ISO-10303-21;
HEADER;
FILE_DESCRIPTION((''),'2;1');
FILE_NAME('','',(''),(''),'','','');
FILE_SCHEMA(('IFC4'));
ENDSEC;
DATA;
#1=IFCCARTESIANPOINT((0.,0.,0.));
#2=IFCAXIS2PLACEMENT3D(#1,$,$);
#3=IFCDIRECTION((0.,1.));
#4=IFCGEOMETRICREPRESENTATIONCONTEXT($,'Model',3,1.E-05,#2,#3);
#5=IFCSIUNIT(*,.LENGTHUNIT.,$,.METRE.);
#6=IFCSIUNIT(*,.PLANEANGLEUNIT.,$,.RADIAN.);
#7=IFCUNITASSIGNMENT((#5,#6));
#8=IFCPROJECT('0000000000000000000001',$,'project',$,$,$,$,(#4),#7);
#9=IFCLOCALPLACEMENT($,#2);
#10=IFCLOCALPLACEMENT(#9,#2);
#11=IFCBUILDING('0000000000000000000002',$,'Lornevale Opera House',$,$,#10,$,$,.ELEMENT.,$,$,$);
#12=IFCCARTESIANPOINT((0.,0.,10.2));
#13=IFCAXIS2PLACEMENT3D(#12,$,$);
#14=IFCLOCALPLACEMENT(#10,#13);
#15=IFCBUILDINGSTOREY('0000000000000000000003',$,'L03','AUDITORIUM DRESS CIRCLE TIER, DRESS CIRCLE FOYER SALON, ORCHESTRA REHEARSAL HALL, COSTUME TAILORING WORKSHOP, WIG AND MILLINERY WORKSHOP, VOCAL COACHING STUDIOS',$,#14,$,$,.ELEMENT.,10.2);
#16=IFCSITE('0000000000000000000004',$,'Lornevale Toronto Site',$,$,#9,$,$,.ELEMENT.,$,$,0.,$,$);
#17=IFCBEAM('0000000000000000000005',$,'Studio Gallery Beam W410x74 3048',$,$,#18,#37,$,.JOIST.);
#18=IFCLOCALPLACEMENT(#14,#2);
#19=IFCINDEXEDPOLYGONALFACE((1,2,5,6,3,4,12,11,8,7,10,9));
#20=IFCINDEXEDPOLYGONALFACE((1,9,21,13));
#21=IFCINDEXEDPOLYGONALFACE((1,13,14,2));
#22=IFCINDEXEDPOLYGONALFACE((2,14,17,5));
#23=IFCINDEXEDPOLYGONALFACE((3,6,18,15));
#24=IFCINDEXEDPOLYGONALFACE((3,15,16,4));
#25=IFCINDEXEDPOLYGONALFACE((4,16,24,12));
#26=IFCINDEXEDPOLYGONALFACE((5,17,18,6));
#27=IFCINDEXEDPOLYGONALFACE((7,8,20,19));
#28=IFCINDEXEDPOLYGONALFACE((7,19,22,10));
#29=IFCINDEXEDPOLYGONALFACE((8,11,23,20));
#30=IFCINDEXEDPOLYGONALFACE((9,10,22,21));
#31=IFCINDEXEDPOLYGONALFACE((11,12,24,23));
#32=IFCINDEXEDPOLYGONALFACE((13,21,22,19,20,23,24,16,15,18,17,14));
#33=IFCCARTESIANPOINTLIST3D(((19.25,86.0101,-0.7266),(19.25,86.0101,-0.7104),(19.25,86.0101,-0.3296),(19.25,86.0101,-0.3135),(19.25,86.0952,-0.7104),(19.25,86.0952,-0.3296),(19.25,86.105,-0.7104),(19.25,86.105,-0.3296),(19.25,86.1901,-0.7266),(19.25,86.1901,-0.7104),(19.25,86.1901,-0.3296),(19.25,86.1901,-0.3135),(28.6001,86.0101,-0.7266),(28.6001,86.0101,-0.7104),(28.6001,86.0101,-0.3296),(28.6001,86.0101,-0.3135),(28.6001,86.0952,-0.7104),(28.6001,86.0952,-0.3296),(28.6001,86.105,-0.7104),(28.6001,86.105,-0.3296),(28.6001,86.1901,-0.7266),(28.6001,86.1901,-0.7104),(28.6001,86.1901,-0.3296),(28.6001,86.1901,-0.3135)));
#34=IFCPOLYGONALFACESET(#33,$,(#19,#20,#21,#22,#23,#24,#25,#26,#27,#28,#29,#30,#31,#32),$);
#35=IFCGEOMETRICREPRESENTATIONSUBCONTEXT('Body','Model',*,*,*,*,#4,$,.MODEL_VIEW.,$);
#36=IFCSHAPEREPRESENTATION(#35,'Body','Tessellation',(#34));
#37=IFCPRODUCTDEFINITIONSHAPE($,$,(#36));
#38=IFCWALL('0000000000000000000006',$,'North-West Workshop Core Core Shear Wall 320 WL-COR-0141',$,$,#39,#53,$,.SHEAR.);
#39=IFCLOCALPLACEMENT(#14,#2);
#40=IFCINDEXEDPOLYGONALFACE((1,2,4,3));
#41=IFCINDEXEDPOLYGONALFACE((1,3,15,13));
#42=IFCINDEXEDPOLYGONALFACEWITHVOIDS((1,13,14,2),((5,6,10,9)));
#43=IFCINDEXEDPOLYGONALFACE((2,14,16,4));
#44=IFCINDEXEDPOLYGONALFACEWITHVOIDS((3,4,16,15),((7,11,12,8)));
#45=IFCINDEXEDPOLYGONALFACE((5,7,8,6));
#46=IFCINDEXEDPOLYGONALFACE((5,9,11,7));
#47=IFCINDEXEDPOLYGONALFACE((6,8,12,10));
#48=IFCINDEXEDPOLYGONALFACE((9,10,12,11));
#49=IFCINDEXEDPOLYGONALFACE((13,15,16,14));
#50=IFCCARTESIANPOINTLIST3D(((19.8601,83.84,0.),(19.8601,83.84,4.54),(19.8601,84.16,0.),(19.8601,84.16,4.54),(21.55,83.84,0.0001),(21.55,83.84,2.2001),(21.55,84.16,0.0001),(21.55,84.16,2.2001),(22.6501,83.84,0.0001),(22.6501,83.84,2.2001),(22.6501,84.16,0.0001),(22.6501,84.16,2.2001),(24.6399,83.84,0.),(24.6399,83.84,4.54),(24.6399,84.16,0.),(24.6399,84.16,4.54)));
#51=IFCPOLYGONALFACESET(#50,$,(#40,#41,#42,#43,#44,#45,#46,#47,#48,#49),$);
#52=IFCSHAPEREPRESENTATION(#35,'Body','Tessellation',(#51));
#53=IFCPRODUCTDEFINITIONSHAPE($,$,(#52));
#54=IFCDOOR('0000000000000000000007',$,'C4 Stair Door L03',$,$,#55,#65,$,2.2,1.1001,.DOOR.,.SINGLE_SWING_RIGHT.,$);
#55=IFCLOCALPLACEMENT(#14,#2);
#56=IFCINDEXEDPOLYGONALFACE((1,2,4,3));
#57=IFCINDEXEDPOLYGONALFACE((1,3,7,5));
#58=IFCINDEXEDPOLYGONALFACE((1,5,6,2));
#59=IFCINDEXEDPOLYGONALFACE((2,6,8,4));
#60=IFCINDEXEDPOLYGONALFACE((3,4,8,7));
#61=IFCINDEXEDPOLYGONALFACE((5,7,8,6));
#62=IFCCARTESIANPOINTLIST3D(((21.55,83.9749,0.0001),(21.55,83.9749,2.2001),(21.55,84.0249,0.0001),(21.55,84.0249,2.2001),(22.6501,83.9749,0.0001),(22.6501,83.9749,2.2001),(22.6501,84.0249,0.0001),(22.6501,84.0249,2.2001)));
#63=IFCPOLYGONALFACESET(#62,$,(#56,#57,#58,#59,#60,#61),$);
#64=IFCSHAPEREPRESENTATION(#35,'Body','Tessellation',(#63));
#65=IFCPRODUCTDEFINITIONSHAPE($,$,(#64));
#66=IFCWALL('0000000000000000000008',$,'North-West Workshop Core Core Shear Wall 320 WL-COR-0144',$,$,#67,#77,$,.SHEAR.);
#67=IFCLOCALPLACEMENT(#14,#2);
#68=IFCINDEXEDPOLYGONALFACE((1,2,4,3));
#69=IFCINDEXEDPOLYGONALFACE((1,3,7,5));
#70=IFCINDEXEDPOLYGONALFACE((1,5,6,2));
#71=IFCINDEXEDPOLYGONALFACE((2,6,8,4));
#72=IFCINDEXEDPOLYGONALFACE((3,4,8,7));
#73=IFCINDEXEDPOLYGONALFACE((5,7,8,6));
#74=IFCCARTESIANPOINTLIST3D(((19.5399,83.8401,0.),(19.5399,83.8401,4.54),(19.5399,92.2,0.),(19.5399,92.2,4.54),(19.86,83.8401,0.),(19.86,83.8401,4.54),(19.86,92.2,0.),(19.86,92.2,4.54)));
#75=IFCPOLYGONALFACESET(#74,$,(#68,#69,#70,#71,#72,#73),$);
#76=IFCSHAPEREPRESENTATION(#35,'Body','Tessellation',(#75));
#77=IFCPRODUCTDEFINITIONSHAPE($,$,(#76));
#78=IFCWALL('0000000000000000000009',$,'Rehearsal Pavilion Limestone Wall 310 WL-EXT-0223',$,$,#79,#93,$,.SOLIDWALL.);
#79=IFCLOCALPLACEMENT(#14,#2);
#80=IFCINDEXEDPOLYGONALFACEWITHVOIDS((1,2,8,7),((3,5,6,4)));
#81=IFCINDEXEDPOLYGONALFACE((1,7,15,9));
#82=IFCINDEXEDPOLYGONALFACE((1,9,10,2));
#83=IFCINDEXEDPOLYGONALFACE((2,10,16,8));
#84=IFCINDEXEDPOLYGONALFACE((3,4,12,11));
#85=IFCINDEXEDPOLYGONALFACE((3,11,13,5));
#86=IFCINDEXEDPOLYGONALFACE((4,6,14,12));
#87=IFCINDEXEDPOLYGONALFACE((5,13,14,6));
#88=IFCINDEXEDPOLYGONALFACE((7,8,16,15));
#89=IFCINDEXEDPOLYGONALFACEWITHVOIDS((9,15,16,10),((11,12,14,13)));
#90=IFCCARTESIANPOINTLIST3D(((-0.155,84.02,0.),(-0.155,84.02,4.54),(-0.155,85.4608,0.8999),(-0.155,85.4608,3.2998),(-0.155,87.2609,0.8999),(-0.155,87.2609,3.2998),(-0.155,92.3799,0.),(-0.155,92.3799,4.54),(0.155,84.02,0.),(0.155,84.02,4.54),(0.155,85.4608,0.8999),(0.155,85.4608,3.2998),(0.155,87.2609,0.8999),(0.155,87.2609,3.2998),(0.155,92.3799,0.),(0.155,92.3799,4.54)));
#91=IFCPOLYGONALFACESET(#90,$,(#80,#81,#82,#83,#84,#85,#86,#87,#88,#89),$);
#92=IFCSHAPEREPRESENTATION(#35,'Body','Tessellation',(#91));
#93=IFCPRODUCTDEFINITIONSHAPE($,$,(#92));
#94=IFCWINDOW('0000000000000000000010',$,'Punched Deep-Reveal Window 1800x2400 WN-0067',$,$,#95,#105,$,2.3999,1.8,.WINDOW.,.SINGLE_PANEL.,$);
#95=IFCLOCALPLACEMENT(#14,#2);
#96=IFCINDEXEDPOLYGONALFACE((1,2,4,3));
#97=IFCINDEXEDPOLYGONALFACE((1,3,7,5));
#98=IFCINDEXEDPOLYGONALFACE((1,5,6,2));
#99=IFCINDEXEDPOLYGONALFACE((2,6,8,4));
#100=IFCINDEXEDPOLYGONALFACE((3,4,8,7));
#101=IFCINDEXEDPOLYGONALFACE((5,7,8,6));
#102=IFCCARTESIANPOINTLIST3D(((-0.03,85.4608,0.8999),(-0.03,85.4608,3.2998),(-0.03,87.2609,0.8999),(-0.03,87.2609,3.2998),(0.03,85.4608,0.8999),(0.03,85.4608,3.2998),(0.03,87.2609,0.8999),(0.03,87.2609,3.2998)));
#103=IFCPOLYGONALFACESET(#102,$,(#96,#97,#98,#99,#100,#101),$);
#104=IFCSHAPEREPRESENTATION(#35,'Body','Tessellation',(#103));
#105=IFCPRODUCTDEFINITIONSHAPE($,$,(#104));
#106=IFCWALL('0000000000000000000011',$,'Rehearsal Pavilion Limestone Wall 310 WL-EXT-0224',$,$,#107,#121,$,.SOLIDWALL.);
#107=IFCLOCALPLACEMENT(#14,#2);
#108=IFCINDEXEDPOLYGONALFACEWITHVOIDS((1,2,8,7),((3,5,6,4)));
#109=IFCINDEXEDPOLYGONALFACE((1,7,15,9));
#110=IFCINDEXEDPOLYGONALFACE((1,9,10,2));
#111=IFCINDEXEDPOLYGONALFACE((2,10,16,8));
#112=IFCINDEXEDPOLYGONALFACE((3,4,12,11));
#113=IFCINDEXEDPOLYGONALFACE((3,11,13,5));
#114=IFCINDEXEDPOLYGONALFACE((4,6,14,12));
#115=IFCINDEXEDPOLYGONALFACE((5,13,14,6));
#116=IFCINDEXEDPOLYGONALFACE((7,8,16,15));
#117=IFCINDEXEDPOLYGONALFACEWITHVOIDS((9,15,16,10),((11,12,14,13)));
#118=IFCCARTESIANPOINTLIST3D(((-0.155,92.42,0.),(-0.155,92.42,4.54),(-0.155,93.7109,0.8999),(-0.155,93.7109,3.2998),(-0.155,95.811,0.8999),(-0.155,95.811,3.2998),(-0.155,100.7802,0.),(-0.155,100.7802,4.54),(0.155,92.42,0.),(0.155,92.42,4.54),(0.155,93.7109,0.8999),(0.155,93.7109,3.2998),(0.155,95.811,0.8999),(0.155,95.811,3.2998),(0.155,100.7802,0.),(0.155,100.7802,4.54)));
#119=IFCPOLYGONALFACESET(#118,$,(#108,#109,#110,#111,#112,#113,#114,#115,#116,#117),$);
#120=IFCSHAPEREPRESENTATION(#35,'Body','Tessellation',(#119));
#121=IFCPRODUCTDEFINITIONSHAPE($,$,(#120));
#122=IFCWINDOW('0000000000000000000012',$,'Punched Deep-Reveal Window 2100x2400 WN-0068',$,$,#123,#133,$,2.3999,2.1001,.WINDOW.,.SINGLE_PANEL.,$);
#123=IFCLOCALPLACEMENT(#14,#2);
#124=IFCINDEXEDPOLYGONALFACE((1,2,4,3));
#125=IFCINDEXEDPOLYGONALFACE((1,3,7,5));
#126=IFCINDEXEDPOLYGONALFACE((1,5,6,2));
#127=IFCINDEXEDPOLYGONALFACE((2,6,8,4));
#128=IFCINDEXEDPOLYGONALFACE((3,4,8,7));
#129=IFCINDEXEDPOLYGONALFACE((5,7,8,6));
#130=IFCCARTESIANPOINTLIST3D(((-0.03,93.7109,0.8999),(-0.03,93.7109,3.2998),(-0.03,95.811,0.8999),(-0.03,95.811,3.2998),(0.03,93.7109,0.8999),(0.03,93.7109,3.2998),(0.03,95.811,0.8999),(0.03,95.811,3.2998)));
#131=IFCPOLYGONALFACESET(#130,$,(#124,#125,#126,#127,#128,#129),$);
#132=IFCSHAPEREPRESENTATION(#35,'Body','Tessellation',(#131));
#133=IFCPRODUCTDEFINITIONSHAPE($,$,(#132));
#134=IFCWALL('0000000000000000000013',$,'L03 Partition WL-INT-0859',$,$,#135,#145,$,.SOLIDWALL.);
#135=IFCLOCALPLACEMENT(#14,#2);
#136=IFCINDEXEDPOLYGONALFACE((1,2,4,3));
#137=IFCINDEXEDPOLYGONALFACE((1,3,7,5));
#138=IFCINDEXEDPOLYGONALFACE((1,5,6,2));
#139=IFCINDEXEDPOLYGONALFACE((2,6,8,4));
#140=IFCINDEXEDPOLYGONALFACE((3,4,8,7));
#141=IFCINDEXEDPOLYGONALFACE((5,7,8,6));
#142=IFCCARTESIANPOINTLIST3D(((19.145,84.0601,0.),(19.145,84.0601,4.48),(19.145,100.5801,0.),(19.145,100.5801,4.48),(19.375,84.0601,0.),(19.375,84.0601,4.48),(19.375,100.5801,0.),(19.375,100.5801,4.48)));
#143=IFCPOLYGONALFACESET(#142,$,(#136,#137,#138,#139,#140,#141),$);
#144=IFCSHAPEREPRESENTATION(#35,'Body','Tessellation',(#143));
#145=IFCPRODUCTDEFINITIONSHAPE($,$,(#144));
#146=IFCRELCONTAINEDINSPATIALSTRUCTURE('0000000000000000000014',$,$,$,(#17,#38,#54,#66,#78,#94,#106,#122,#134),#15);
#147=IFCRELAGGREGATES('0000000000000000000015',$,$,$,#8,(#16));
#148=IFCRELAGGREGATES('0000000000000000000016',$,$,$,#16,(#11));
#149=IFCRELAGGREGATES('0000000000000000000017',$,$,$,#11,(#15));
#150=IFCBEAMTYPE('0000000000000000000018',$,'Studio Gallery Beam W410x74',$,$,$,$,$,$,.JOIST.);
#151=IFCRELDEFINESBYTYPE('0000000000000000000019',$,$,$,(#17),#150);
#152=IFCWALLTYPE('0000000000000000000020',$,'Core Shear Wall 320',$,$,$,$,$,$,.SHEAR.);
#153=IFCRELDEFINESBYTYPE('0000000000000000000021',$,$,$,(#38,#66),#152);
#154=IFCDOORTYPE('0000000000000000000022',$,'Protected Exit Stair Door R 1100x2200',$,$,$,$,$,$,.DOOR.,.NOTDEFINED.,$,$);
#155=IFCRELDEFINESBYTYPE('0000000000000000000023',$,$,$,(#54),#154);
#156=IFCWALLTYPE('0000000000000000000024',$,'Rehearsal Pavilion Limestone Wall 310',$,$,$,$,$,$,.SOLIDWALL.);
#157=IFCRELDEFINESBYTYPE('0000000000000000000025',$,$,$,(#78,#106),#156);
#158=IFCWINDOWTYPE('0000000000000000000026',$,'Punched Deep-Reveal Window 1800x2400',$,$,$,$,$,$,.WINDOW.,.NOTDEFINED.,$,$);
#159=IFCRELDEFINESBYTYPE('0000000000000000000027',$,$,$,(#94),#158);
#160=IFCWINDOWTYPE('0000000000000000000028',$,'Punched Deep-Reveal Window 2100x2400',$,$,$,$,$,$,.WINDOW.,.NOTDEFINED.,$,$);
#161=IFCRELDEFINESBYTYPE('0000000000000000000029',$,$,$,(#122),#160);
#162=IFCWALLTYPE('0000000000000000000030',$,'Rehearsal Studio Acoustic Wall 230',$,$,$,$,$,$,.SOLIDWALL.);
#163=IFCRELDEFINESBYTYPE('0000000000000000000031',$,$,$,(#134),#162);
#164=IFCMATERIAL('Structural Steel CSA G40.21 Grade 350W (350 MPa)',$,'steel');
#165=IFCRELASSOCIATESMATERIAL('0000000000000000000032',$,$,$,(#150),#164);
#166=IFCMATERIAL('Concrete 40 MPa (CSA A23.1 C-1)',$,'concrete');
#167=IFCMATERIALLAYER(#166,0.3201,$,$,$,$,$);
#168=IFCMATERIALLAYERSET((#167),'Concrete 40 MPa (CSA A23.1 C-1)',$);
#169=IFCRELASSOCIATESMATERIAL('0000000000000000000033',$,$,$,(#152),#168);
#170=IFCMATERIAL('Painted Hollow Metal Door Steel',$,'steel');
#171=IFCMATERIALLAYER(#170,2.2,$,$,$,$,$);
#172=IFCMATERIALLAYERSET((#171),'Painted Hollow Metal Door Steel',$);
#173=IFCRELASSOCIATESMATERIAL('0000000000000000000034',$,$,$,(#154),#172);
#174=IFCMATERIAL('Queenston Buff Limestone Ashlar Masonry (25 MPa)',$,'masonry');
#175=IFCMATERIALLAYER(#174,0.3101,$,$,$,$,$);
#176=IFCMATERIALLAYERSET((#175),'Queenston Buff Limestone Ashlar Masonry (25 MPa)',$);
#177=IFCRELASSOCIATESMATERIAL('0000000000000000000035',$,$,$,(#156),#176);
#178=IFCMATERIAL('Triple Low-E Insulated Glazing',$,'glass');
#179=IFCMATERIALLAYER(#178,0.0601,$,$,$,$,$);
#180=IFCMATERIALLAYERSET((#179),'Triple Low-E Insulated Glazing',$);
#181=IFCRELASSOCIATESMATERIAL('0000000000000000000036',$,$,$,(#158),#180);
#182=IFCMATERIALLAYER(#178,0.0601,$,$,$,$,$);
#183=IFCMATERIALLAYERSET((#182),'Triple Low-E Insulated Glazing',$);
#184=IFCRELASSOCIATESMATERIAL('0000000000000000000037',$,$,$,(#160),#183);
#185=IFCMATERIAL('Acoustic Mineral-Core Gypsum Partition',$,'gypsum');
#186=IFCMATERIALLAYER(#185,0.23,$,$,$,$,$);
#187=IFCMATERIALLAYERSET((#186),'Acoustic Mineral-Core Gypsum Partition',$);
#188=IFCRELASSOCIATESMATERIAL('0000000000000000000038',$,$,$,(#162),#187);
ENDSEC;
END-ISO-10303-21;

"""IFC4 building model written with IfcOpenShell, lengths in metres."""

from ifc_helpers import new_model, si_unit, direction, frame, frame_2d, origin, origin_2d, place, context, subcontext, project, spatial, rectangle, i_section, extrude, material, layer, layer_set, material_profile, profile_set, type_object, element, fill, save


model = new_model("IFC4")

# Units and contexts
model_context = context("Model", 3, precision=1e-05, world=origin(), true_north=direction((0.0, 1.0)))
body_context = subcontext(model_context, "Body", "Model", "MODEL_VIEW")
ifc_project = project(units=[si_unit("LENGTHUNIT", "METRE"), si_unit("PLANEANGLEUNIT", "RADIAN")], contexts=[model_context])

# Site, building, storey
site_placement = place(None, origin())
site = spatial("IfcSite", under=ifc_project, at=site_placement, Name="Lornevale Toronto Site", CompositionType="ELEMENT", RefElevation=0.0)
building_placement = place(site_placement, origin())
building = spatial("IfcBuilding", under=site, at=building_placement, Name="Lornevale Opera House", CompositionType="ELEMENT")
storey_placement = place(building_placement, frame((0.0, 0.0, 10.2)))
storey = spatial("IfcBuildingStorey", under=building, at=storey_placement, Name="L03", Description="AUDITORIUM DRESS CIRCLE TIER, DRESS CIRCLE FOYER SALON, ORCHESTRA REHEARSAL HALL, COSTUME TAILORING WORKSHOP, WIG AND MILLINERY WORKSHOP, VOCAL COACHING STUDIOS", CompositionType="ELEMENT", Elevation=10.2)

# Shared definitions
ifc_material_1 = material(Name="Structural Steel CSA G40.21 Grade 350W (350 MPa)", Category="steel")

# Beam
ifc_material_profile_1 = material_profile(ifc_material_1, i_section(OverallWidth=0.1799, OverallDepth=0.4131, WebThickness=0.0098, FlangeThickness=0.0161, at=origin_2d()), Name="W410x74")
ifc_profile_set_1 = profile_set([ifc_material_profile_1], Name="Structural Steel CSA G40.21 Grade 350W (350 MPa)")
beam_type_1 = type_object("IfcBeamType", Name="Studio Gallery Beam W410x74", PredefinedType="JOIST", material=ifc_profile_set_1)
beam_1_placement = place(storey_placement, frame((19.25, 86.1001, -0.52), z_axis=(1.0, 0.0, 0.0), x_axis=(0.0, 1.0, 0.0)))
element("IfcBeam", 1, at=beam_1_placement, inside=storey, type_object=beam_type_1, Name="Studio Gallery Beam W410x74 3048", PredefinedType="JOIST", context=body_context, shape_type="SweptSolid", body=[
    extrude(i_section(OverallWidth=0.1799, OverallDepth=0.4131, WebThickness=0.0098, FlangeThickness=0.0161, at=origin_2d()), origin(), (0.0, 0.0, 1.0), 9.3501),
])

# Wall, opening, door
ifc_material_2 = material(Name="Concrete 40 MPa (CSA A23.1 C-1)", Category="concrete")
ifc_layer_1 = layer(ifc_material_2, 0.3201)
ifc_layer_set_1 = layer_set([ifc_layer_1], Name="Concrete 40 MPa (CSA A23.1 C-1)")
wall_type_1 = type_object("IfcWallType", Name="Core Shear Wall 320", PredefinedType="SHEAR", material=ifc_layer_set_1)
wall_1_placement = place(storey_placement, frame((19.8601, 84.0, 0.0), z_axis=(0.0, 0.0, 1.0), x_axis=(1.0, 0.0, 0.0)))
wall_1 = element("IfcWall", 2, at=wall_1_placement, inside=storey, type_object=wall_type_1, Name="North-West Workshop Core Core Shear Wall 320 WL-COR-0141", PredefinedType="SHEAR", context=body_context, shape_type="SweptSolid", body=[
    extrude(rectangle(XDim=4.7798, YDim=0.3201, at=frame_2d((2.3899, 0.0))), origin(), (0.0, 0.0, 1.0), 4.54),
])
opening_1_placement = place(wall_1_placement, frame((1.6899, 0.0, 0.0)))
opening_1 = element("IfcOpeningElement", 3, at=opening_1_placement, cuts=wall_1, PredefinedType="OPENING", context=body_context, shape_type="SweptSolid", body=[
    extrude(rectangle(XDim=1.1001, YDim=2.2, at=frame_2d((0.55, 1.1001))), frame((0.0, 0.1699, 0.0), z_axis=(0.0, -1.0, 0.0), x_axis=(1.0, 0.0, 0.0)), (0.0, 0.0, 1.0), 0.3401),
])
ifc_material_3 = material(Name="Painted Hollow Metal Door Steel", Category="steel")
ifc_layer_2 = layer(ifc_material_3, 2.2)
ifc_layer_set_2 = layer_set([ifc_layer_2], Name="Painted Hollow Metal Door Steel")
door_type = type_object("IfcDoorType", Name="Protected Exit Stair Door R 1100x2200", OperationType="NOTDEFINED", PredefinedType="DOOR", material=ifc_layer_set_2)
door_placement = place(opening_1_placement, origin())
door = element("IfcDoor", 4, at=door_placement, inside=storey, type_object=door_type, Name="C4 Stair Door L03", OperationType="SINGLE_SWING_RIGHT", OverallHeight=2.2, OverallWidth=1.1001, PredefinedType="DOOR", context=body_context, shape_type="SweptSolid", body=[
    extrude(rectangle(XDim=1.1001, YDim=2.2, at=frame_2d((0.55, 1.1001))), frame((0.0, 0.0249, 0.0), z_axis=(0.0, -1.0, 0.0), x_axis=(1.0, 0.0, 0.0)), (0.0, 0.0, 1.0), 0.05),
])
fill(opening_1, door)

# Wall
wall_2_placement = place(storey_placement, frame((19.7, 92.2, 0.0), z_axis=(0.0, 0.0, 1.0), x_axis=(0.0, -1.0, 0.0)))
element("IfcWall", 5, at=wall_2_placement, inside=storey, type_object=wall_type_1, Name="North-West Workshop Core Core Shear Wall 320 WL-COR-0144", PredefinedType="SHEAR", context=body_context, shape_type="SweptSolid", body=[
    extrude(rectangle(XDim=8.3599, YDim=0.3201, at=frame_2d((4.1799, 0.0))), origin(), (0.0, 0.0, 1.0), 4.54),
])

# Walls, openings, windows
ifc_material_4 = material(Name="Queenston Buff Limestone Ashlar Masonry (25 MPa)", Category="masonry")
ifc_layer_3 = layer(ifc_material_4, 0.3101)
ifc_layer_set_3 = layer_set([ifc_layer_3], Name="Queenston Buff Limestone Ashlar Masonry (25 MPa)")
wall_type_2 = type_object("IfcWallType", Name="Rehearsal Pavilion Limestone Wall 310", PredefinedType="SOLIDWALL", material=ifc_layer_set_3)
wall_3_placement = place(storey_placement, frame((0.0, 84.02, 0.0), z_axis=(0.0, 0.0, 1.0), x_axis=(0.0, 1.0, 0.0)))
wall_3 = element("IfcWall", 6, at=wall_3_placement, inside=storey, type_object=wall_type_2, Name="Rehearsal Pavilion Limestone Wall 310 WL-EXT-0223", PredefinedType="SOLIDWALL", context=body_context, shape_type="SweptSolid", body=[
    extrude(rectangle(XDim=8.3599, YDim=0.3101, at=frame_2d((4.1799, 0.0))), origin(), (0.0, 0.0, 1.0), 4.54),
])
opening_2_placement = place(wall_3_placement, frame((1.4409, 0.0, 0.8999)))
opening_2 = element("IfcOpeningElement", 7, at=opening_2_placement, cuts=wall_3, PredefinedType="OPENING", context=body_context, shape_type="SweptSolid", body=[
    extrude(rectangle(XDim=1.8, YDim=2.3999, at=frame_2d((0.8999, 1.2))), frame((0.0, 0.165, 0.0), z_axis=(0.0, -1.0, 0.0), x_axis=(1.0, 0.0, 0.0)), (0.0, 0.0, 1.0), 0.3301),
])
ifc_material_5 = material(Name="Triple Low-E Insulated Glazing", Category="glass")
ifc_layer_4 = layer(ifc_material_5, 0.0601)
ifc_layer_set_4 = layer_set([ifc_layer_4], Name="Triple Low-E Insulated Glazing")
window_type_1 = type_object("IfcWindowType", Name="Punched Deep-Reveal Window 1800x2400", PartitioningType="NOTDEFINED", PredefinedType="WINDOW", material=ifc_layer_set_4)
window_1_placement = place(opening_2_placement, origin())
window_1 = element("IfcWindow", 8, at=window_1_placement, inside=storey, type_object=window_type_1, Name="Punched Deep-Reveal Window 1800x2400 WN-0067", OverallHeight=2.3999, OverallWidth=1.8, PartitioningType="SINGLE_PANEL", PredefinedType="WINDOW", context=body_context, shape_type="SweptSolid", body=[
    extrude(rectangle(XDim=1.8, YDim=2.3999, at=frame_2d((0.8999, 1.2))), frame((0.0, 0.03, 0.0), z_axis=(0.0, -1.0, 0.0), x_axis=(1.0, 0.0, 0.0)), (0.0, 0.0, 1.0), 0.0601),
])
fill(opening_2, window_1)
wall_4_placement = place(storey_placement, frame((0.0, 92.4199, 0.0), z_axis=(0.0, 0.0, 1.0), x_axis=(0.0, 1.0, 0.0)))
wall_4 = element("IfcWall", 9, at=wall_4_placement, inside=storey, type_object=wall_type_2, Name="Rehearsal Pavilion Limestone Wall 310 WL-EXT-0224", PredefinedType="SOLIDWALL", context=body_context, shape_type="SweptSolid", body=[
    extrude(rectangle(XDim=8.3601, YDim=0.3101, at=frame_2d((4.1802, 0.0))), origin(), (0.0, 0.0, 1.0), 4.54),
])
opening_3_placement = place(wall_4_placement, frame((1.291, 0.0, 0.8999)))
opening_3 = element("IfcOpeningElement", 10, at=opening_3_placement, cuts=wall_4, PredefinedType="OPENING", context=body_context, shape_type="SweptSolid", body=[
    extrude(rectangle(XDim=2.1001, YDim=2.3999, at=frame_2d((1.05, 1.2))), frame((0.0, 0.165, 0.0), z_axis=(0.0, -1.0, 0.0), x_axis=(1.0, 0.0, 0.0)), (0.0, 0.0, 1.0), 0.3301),
])
ifc_layer_5 = layer(ifc_material_5, 0.0601)
ifc_layer_set_5 = layer_set([ifc_layer_5], Name="Triple Low-E Insulated Glazing")
window_type_2 = type_object("IfcWindowType", Name="Punched Deep-Reveal Window 2100x2400", PartitioningType="NOTDEFINED", PredefinedType="WINDOW", material=ifc_layer_set_5)
window_2_placement = place(opening_3_placement, origin())
window_2 = element("IfcWindow", 11, at=window_2_placement, inside=storey, type_object=window_type_2, Name="Punched Deep-Reveal Window 2100x2400 WN-0068", OverallHeight=2.3999, OverallWidth=2.1001, PartitioningType="SINGLE_PANEL", PredefinedType="WINDOW", context=body_context, shape_type="SweptSolid", body=[
    extrude(rectangle(XDim=2.1001, YDim=2.3999, at=frame_2d((1.05, 1.2))), frame((0.0, 0.03, 0.0), z_axis=(0.0, -1.0, 0.0), x_axis=(1.0, 0.0, 0.0)), (0.0, 0.0, 1.0), 0.0601),
])
fill(opening_3, window_2)

# Wall
ifc_material_6 = material(Name="Acoustic Mineral-Core Gypsum Partition", Category="gypsum")
ifc_layer_6 = layer(ifc_material_6, 0.23)
ifc_layer_set_6 = layer_set([ifc_layer_6], Name="Acoustic Mineral-Core Gypsum Partition")
wall_type_3 = type_object("IfcWallType", Name="Rehearsal Studio Acoustic Wall 230", PredefinedType="SOLIDWALL", material=ifc_layer_set_6)
wall_5_placement = place(storey_placement, frame((19.26, 84.0601, 0.0), z_axis=(0.0, 0.0, 1.0), x_axis=(0.0, 1.0, 0.0)))
element("IfcWall", 12, at=wall_5_placement, inside=storey, type_object=wall_type_3, Name="L03 Partition WL-INT-0859", PredefinedType="SOLIDWALL", context=body_context, shape_type="SweptSolid", body=[
    extrude(rectangle(XDim=16.52, YDim=0.23, at=frame_2d((8.26, 0.0))), origin(), (0.0, 0.0, 1.0), 4.48),
])

save(model, "model.ifc")
